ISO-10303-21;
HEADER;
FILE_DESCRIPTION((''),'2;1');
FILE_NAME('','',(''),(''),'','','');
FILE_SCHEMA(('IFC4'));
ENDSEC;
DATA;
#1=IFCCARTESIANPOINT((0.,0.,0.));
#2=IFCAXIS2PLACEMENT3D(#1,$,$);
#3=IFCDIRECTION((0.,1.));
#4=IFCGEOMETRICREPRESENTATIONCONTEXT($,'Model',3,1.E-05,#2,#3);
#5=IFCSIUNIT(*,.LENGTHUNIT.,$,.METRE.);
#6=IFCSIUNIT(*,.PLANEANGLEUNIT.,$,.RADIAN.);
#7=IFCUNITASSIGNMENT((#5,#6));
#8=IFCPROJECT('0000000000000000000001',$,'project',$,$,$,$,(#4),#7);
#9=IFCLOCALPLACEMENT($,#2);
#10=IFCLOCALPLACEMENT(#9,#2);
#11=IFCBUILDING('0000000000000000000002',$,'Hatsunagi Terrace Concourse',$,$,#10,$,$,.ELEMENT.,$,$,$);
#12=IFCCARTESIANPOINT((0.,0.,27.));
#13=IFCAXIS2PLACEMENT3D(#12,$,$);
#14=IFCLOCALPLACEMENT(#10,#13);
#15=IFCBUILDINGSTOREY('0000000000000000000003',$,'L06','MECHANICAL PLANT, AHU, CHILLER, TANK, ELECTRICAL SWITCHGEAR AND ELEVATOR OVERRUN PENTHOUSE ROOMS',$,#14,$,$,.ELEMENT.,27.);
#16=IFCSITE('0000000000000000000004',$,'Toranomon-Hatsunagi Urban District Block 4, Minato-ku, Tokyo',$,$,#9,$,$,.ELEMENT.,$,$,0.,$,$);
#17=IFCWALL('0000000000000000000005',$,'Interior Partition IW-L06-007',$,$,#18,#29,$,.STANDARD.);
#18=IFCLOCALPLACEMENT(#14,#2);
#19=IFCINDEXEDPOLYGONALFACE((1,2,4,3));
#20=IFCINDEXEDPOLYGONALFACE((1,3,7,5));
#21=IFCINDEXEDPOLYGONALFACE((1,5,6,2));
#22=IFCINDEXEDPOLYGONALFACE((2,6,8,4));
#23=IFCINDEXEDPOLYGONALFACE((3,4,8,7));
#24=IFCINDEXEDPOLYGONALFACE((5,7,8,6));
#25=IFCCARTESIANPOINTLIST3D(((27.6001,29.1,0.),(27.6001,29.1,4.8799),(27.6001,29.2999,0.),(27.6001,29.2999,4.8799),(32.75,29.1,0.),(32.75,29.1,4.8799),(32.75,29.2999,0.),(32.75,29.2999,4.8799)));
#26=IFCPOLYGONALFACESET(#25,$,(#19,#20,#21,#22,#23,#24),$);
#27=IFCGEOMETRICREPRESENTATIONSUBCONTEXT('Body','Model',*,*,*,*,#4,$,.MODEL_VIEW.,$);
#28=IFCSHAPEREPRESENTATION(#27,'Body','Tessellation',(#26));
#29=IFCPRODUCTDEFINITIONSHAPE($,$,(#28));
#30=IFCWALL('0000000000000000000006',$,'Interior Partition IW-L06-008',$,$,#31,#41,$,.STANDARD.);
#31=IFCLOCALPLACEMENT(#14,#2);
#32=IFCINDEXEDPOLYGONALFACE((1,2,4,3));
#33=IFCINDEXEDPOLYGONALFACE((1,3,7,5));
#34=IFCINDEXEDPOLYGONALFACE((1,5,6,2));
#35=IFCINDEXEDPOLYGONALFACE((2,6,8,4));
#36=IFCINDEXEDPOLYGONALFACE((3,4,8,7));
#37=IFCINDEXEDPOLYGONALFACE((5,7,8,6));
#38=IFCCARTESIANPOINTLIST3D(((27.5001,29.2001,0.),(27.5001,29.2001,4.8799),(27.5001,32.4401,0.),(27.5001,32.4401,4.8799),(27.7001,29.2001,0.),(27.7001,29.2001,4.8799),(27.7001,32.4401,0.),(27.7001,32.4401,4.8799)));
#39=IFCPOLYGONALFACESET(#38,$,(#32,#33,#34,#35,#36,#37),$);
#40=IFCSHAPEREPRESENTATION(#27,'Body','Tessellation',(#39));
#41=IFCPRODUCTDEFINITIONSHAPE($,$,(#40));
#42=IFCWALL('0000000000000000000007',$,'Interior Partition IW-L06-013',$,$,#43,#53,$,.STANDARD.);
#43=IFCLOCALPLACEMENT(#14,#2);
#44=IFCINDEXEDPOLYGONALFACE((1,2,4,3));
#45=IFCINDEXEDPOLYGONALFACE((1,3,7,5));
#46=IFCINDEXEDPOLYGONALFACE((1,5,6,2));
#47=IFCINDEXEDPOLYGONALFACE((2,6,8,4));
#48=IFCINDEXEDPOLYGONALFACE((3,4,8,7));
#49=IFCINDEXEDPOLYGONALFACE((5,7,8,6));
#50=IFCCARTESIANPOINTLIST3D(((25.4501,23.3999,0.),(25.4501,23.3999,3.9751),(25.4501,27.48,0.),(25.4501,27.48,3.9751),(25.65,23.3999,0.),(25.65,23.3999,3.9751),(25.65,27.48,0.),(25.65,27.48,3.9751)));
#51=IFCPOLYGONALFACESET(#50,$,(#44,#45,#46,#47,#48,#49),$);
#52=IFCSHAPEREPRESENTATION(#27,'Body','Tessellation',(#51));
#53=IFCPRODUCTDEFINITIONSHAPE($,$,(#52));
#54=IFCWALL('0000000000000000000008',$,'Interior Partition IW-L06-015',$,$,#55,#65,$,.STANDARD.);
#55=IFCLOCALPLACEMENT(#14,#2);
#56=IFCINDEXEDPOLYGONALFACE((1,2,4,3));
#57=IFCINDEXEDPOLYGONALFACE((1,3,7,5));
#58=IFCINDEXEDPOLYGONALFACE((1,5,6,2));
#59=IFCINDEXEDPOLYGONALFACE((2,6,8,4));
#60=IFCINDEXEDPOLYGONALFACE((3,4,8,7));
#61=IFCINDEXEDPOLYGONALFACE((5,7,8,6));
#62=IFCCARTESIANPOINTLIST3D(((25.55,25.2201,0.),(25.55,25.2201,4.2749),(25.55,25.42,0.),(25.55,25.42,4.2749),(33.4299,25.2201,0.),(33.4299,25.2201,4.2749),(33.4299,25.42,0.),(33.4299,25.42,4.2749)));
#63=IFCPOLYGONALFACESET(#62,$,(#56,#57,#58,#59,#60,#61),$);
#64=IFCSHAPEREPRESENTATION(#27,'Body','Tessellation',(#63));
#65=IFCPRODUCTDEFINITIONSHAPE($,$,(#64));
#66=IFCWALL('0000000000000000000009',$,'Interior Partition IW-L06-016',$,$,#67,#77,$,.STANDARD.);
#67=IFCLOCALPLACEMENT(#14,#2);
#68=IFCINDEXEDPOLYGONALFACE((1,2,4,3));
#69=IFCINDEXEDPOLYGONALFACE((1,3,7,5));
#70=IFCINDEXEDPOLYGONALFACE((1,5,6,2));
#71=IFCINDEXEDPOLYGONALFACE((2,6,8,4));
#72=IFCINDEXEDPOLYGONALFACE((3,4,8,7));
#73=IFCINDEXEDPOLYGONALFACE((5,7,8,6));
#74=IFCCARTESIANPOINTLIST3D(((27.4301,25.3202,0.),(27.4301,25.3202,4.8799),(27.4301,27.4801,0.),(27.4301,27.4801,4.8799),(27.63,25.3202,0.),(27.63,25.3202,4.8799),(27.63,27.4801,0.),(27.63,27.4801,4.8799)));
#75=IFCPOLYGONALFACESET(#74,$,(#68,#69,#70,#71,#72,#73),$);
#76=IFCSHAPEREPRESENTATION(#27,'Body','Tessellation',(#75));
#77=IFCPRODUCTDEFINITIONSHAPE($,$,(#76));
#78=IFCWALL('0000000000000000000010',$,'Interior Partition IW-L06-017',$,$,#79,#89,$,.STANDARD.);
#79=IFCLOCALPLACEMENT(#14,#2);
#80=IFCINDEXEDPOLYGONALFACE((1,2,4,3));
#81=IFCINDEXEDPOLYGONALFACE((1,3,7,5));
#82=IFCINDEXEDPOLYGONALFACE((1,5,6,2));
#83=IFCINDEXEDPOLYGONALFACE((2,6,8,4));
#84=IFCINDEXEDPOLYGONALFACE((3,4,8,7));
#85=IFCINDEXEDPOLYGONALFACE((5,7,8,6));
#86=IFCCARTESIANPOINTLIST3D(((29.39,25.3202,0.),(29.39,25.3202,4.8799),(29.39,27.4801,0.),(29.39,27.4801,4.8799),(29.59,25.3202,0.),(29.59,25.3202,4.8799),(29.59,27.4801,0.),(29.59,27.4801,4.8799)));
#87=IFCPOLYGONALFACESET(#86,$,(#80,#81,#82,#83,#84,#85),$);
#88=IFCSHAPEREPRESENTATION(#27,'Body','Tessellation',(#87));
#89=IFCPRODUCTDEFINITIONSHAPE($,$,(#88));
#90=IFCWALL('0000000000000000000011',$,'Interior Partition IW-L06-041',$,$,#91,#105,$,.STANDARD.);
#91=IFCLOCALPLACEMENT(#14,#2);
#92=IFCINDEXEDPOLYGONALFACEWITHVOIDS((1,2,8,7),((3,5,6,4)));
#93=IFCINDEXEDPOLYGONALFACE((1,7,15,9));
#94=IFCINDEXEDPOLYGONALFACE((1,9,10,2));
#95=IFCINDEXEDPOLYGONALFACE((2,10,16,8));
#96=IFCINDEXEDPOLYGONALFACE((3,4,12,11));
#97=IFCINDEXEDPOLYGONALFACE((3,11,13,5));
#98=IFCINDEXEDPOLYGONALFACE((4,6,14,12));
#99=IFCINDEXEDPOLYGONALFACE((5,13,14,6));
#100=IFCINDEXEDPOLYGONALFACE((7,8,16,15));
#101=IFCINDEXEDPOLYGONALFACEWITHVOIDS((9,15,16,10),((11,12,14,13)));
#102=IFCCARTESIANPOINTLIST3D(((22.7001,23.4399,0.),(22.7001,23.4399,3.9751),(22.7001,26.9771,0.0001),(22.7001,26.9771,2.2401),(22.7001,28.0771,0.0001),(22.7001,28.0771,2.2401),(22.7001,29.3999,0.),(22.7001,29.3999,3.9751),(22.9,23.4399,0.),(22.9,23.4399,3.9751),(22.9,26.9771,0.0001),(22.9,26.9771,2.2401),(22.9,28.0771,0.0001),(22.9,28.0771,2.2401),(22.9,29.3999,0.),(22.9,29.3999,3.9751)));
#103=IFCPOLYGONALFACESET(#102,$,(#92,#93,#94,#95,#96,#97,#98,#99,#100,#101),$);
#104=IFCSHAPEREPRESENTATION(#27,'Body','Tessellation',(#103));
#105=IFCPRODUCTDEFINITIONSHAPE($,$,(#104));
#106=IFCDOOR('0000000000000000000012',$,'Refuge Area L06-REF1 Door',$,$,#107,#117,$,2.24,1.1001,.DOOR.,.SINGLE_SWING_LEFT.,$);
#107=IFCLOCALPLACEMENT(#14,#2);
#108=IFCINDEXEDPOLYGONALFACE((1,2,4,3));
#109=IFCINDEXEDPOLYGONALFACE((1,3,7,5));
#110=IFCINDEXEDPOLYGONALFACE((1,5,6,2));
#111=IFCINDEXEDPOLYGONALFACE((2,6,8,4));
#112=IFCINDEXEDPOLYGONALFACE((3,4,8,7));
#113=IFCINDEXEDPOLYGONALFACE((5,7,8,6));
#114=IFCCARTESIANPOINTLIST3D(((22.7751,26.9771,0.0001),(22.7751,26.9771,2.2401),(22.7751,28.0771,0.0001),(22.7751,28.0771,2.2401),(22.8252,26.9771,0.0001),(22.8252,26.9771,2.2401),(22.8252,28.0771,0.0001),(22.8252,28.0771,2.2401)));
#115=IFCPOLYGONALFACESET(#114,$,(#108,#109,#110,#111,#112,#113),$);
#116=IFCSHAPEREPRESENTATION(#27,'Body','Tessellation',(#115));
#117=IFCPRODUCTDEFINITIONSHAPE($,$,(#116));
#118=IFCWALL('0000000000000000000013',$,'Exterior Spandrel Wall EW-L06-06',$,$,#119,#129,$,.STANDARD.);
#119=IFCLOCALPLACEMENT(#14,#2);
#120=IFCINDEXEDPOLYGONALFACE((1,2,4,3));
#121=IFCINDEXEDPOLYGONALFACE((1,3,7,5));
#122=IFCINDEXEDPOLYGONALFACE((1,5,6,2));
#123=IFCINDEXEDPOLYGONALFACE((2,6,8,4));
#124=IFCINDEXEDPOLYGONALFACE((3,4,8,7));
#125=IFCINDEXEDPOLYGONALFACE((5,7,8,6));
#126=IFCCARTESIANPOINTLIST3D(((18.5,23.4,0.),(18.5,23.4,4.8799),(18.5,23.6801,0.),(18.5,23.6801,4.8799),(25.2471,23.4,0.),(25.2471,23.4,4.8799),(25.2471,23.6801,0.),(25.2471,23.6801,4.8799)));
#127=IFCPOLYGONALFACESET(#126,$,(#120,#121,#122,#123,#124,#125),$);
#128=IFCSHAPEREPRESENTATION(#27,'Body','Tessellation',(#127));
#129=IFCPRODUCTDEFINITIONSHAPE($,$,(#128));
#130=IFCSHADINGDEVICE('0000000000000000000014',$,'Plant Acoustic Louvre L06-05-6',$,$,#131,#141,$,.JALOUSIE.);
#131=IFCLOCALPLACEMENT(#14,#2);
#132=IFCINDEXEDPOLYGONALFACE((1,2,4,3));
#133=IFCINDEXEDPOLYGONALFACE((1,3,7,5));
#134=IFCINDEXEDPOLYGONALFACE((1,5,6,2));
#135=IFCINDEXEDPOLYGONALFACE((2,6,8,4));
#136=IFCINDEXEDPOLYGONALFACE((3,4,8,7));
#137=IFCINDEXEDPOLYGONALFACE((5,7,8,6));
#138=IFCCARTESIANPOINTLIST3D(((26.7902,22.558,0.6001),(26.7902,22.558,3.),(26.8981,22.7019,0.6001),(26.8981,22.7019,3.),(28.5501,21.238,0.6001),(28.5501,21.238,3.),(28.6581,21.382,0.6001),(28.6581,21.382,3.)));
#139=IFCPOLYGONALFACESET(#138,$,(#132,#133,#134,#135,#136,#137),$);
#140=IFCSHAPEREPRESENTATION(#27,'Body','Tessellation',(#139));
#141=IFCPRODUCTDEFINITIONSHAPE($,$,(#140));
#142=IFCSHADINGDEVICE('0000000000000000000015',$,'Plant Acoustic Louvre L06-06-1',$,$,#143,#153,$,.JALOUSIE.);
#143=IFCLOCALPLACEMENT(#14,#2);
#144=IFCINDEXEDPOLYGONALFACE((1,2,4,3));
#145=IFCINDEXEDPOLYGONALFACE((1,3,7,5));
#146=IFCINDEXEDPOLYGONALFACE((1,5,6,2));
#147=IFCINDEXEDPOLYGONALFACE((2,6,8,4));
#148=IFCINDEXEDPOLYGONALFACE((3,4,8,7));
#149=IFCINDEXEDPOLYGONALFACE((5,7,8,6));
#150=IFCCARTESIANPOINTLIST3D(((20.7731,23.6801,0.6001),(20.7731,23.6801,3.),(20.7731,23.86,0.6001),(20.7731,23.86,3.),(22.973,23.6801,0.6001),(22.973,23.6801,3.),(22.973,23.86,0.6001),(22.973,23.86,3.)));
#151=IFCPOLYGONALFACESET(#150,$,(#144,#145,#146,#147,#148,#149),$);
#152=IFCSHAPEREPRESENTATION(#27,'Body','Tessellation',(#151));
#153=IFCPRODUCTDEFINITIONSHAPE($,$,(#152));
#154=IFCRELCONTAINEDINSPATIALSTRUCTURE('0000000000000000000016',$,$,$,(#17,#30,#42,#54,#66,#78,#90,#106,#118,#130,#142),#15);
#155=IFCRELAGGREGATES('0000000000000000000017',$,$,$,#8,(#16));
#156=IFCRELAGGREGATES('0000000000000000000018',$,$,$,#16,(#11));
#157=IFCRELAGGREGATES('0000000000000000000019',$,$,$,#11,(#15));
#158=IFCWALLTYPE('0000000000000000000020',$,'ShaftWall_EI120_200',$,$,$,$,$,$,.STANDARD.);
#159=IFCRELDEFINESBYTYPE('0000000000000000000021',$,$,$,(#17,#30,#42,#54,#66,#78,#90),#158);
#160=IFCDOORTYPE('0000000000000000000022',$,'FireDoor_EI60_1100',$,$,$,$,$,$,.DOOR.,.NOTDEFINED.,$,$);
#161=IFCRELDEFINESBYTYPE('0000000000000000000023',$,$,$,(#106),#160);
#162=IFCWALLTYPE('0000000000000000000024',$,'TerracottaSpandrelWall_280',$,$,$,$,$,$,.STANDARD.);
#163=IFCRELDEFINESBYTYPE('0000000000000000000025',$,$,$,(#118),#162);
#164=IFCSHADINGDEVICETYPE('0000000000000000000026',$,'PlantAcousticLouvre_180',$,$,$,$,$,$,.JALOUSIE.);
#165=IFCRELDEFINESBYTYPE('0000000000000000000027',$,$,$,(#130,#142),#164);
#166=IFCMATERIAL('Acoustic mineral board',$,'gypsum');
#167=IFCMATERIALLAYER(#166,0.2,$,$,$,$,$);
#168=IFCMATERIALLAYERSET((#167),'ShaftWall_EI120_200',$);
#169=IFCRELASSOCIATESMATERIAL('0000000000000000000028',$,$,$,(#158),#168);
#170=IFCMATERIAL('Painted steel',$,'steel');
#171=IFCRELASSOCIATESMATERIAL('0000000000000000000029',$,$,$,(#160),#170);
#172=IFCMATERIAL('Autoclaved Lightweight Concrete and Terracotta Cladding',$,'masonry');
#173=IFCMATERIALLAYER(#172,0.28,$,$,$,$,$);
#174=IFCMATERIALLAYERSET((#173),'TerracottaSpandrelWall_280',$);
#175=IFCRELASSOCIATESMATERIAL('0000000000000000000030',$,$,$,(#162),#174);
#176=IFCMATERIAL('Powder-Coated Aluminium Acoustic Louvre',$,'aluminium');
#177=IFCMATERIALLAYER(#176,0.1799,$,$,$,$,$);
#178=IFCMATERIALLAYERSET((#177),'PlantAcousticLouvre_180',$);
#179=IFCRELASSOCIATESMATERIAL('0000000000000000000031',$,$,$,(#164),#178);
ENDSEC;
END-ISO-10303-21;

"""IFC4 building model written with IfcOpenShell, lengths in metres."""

from ifc_helpers import new_model, si_unit, direction, frame, frame_2d, origin, origin_2d, place, context, subcontext, project, spatial, rectangle, extrude, material, layer, layer_set, type_object, element, fill, save


model = new_model("IFC4")

# Units and contexts
model_context = context("Model", 3, precision=1e-05, world=origin(), true_north=direction((0.0, 1.0)))
body_context = subcontext(model_context, "Body", "Model", "MODEL_VIEW")
ifc_project = project(units=[si_unit("LENGTHUNIT", "METRE"), si_unit("PLANEANGLEUNIT", "RADIAN")], contexts=[model_context])

# Site, building, storey
site_placement = place(None, origin())
site = spatial("IfcSite", under=ifc_project, at=site_placement, Name="Toranomon-Hatsunagi Urban District Block 4, Minato-ku, Tokyo", CompositionType="ELEMENT", RefElevation=0.0)
building_placement = place(site_placement, origin())
building = spatial("IfcBuilding", under=site, at=building_placement, Name="Hatsunagi Terrace Concourse", CompositionType="ELEMENT")
storey_placement = place(building_placement, frame((0.0, 0.0, 27.0)))
storey = spatial("IfcBuildingStorey", under=building, at=storey_placement, Name="L06", Description="MECHANICAL PLANT, AHU, CHILLER, TANK, ELECTRICAL SWITCHGEAR AND ELEVATOR OVERRUN PENTHOUSE ROOMS", CompositionType="ELEMENT", Elevation=27.0)

# Walls
ifc_material_1 = material(Name="Acoustic mineral board", Category="gypsum")
ifc_layer_1 = layer(ifc_material_1, 0.2)
ifc_layer_set_1 = layer_set([ifc_layer_1], Name="ShaftWall_EI120_200")
wall_type_1 = type_object("IfcWallType", Name="ShaftWall_EI120_200", PredefinedType="STANDARD", material=ifc_layer_set_1)
wall_1_placement = place(storey_placement, frame((27.6001, 29.2, 0.0), z_axis=(0.0, 0.0, 1.0), x_axis=(1.0, 0.0, 0.0)))
element("IfcWall", 1, at=wall_1_placement, inside=storey, type_object=wall_type_1, Name="Interior Partition IW-L06-007", PredefinedType="STANDARD", context=body_context, shape_type="SweptSolid", body=[
    extrude(rectangle(XDim=5.1499, YDim=0.2, at=frame_2d((2.575, 0.0))), origin(), (0.0, 0.0, 1.0), 4.8799),
])
wall_2_placement = place(storey_placement, frame((27.6001, 29.2, 0.0), z_axis=(0.0, 0.0, 1.0), x_axis=(0.0, 1.0, 0.0)))
element("IfcWall", 2, at=wall_2_placement, inside=storey, type_object=wall_type_1, Name="Interior Partition IW-L06-008", PredefinedType="STANDARD", context=body_context, shape_type="SweptSolid", body=[
    extrude(rectangle(XDim=3.24, YDim=0.2, at=frame_2d((1.6201, 0.0))), origin(), (0.0, 0.0, 1.0), 4.8799),
])
wall_3_placement = place(storey_placement, frame((25.55, 23.3999, 0.0), z_axis=(0.0, 0.0, 1.0), x_axis=(0.0, 1.0, 0.0)))
element("IfcWall", 3, at=wall_3_placement, inside=storey, type_object=wall_type_1, Name="Interior Partition IW-L06-013", PredefinedType="STANDARD", context=body_context, shape_type="SweptSolid", body=[
    extrude(rectangle(XDim=4.0801, YDim=0.2, at=frame_2d((2.04, 0.0))), origin(), (0.0, 0.0, 1.0), 3.9751),
])
wall_4_placement = place(storey_placement, frame((25.55, 25.3201, 0.0), z_axis=(0.0, 0.0, 1.0), x_axis=(1.0, 0.0, 0.0)))
element("IfcWall", 4, at=wall_4_placement, inside=storey, type_object=wall_type_1, Name="Interior Partition IW-L06-015", PredefinedType="STANDARD", context=body_context, shape_type="SweptSolid", body=[
    extrude(rectangle(XDim=7.8799, YDim=0.2, at=frame_2d((3.9399, 0.0))), origin(), (0.0, 0.0, 1.0), 4.2749),
])
for number, where, z_axis, x_axis, name in (
    (5, (27.53, 25.3201, 0.0), (0.0, 0.0, 1.0), (0.0, 1.0, 0.0), "Interior Partition IW-L06-016"),
    (6, (29.49, 25.3201, 0.0), (0.0, 0.0, 1.0), (0.0, 1.0, 0.0), "Interior Partition IW-L06-017"),
):
    element("IfcWall", number, at=place(storey_placement, frame(where, z_axis=z_axis, x_axis=x_axis)), inside=storey, type_object=wall_type_1, Name=name, PredefinedType="STANDARD", context=body_context, shape_type="SweptSolid", body=[
        extrude(rectangle(XDim=2.1599, YDim=0.2, at=frame_2d((1.0801, 0.0))), origin(), (0.0, 0.0, 1.0), 4.8799),
    ])

# Wall, opening, door
wall_5_placement = place(storey_placement, frame((22.8, 23.4399, 0.0), z_axis=(0.0, 0.0, 1.0), x_axis=(0.0, 1.0, 0.0)))
wall_5 = element("IfcWall", 7, at=wall_5_placement, inside=storey, type_object=wall_type_1, Name="Interior Partition IW-L06-041", PredefinedType="STANDARD", context=body_context, shape_type="SweptSolid", body=[
    extrude(rectangle(XDim=5.96, YDim=0.2, at=frame_2d((2.98, 0.0))), origin(), (0.0, 0.0, 1.0), 3.9751),
])
opening_1_placement = place(wall_5_placement, frame((3.5371, 0.0, 0.0)))
opening_1 = element("IfcOpeningElement", 8, at=opening_1_placement, cuts=wall_5, PredefinedType="OPENING", context=body_context, shape_type="SweptSolid", body=[
    extrude(rectangle(XDim=1.1001, YDim=2.24, at=frame_2d((0.55, 1.1201))), frame((0.0, 0.1099, 0.0), z_axis=(0.0, -1.0, 0.0), x_axis=(1.0, 0.0, 0.0)), (0.0, 0.0, 1.0), 0.22),
])
ifc_material_2 = material(Name="Painted steel", Category="steel")
door_type_1 = type_object("IfcDoorType", Name="FireDoor_EI60_1100", OperationType="NOTDEFINED", PredefinedType="DOOR", material=ifc_material_2)
door_1_placement = place(opening_1_placement, origin())
door_1 = element("IfcDoor", 9, at=door_1_placement, inside=storey, type_object=door_type_1, Name="Refuge Area L06-REF1 Door", OperationType="SINGLE_SWING_LEFT", OverallHeight=2.24, OverallWidth=1.1001, PredefinedType="DOOR", context=body_context, shape_type="SweptSolid", body=[
    extrude(rectangle(XDim=1.1001, YDim=2.24, at=frame_2d((0.55, 1.1201))), frame((0.0, 0.0249, 0.0), z_axis=(0.0, -1.0, 0.0), x_axis=(1.0, 0.0, 0.0)), (0.0, 0.0, 1.0), 0.05),
])
fill(opening_1, door_1)

# Wall
ifc_material_3 = material(Name="Autoclaved Lightweight Concrete and Terracotta Cladding", Category="masonry")
ifc_layer_2 = layer(ifc_material_3, 0.28)
ifc_layer_set_2 = layer_set([ifc_layer_2], Name="TerracottaSpandrelWall_280")
wall_type_2 = type_object("IfcWallType", Name="TerracottaSpandrelWall_280", PredefinedType="STANDARD", material=ifc_layer_set_2)
wall_6_placement = place(storey_placement, frame((25.2471, 23.54, 0.0), z_axis=(0.0, 0.0, 1.0), x_axis=(-1.0, 0.0, 0.0)))
element("IfcWall", 10, at=wall_6_placement, inside=storey, type_object=wall_type_2, Name="Exterior Spandrel Wall EW-L06-06", PredefinedType="STANDARD", context=body_context, shape_type="SweptSolid", body=[
    extrude(rectangle(XDim=6.7471, YDim=0.28, at=frame_2d((3.3735, 0.0))), origin(), (0.0, 0.0, 1.0), 4.8799),
])

# Shading devices
ifc_material_4 = material(Name="Powder-Coated Aluminium Acoustic Louvre", Category="aluminium")
ifc_layer_3 = layer(ifc_material_4, 0.1799)
ifc_layer_set_3 = layer_set([ifc_layer_3], Name="PlantAcousticLouvre_180")
shading_device_type = type_object("IfcShadingDeviceType", Name="PlantAcousticLouvre_180", PredefinedType="JALOUSIE", material=ifc_layer_set_3)
for number, where, z_axis, x_axis, name in (
    (11, (27.7241, 21.97, 0.6001), (0.0, 0.0, 1.0), (-0.800003, 0.599996, 0.0), "Plant Acoustic Louvre L06-05-6"),
    (12, (21.873, 23.77, 0.6001), (0.0, 0.0, 1.0), (-1.0, 0.0, 0.0), "Plant Acoustic Louvre L06-06-1"),
):
    element("IfcShadingDevice", number, at=place(storey_placement, frame(where, z_axis=z_axis, x_axis=x_axis)), inside=storey, type_object=shading_device_type, Name=name, PredefinedType="JALOUSIE", context=body_context, shape_type="SweptSolid", body=[
        extrude(rectangle(XDim=2.2, YDim=0.1799, at=origin_2d()), origin(), (0.0, 0.0, 1.0), 2.3999),
    ])

save(model, "model.ifc")
